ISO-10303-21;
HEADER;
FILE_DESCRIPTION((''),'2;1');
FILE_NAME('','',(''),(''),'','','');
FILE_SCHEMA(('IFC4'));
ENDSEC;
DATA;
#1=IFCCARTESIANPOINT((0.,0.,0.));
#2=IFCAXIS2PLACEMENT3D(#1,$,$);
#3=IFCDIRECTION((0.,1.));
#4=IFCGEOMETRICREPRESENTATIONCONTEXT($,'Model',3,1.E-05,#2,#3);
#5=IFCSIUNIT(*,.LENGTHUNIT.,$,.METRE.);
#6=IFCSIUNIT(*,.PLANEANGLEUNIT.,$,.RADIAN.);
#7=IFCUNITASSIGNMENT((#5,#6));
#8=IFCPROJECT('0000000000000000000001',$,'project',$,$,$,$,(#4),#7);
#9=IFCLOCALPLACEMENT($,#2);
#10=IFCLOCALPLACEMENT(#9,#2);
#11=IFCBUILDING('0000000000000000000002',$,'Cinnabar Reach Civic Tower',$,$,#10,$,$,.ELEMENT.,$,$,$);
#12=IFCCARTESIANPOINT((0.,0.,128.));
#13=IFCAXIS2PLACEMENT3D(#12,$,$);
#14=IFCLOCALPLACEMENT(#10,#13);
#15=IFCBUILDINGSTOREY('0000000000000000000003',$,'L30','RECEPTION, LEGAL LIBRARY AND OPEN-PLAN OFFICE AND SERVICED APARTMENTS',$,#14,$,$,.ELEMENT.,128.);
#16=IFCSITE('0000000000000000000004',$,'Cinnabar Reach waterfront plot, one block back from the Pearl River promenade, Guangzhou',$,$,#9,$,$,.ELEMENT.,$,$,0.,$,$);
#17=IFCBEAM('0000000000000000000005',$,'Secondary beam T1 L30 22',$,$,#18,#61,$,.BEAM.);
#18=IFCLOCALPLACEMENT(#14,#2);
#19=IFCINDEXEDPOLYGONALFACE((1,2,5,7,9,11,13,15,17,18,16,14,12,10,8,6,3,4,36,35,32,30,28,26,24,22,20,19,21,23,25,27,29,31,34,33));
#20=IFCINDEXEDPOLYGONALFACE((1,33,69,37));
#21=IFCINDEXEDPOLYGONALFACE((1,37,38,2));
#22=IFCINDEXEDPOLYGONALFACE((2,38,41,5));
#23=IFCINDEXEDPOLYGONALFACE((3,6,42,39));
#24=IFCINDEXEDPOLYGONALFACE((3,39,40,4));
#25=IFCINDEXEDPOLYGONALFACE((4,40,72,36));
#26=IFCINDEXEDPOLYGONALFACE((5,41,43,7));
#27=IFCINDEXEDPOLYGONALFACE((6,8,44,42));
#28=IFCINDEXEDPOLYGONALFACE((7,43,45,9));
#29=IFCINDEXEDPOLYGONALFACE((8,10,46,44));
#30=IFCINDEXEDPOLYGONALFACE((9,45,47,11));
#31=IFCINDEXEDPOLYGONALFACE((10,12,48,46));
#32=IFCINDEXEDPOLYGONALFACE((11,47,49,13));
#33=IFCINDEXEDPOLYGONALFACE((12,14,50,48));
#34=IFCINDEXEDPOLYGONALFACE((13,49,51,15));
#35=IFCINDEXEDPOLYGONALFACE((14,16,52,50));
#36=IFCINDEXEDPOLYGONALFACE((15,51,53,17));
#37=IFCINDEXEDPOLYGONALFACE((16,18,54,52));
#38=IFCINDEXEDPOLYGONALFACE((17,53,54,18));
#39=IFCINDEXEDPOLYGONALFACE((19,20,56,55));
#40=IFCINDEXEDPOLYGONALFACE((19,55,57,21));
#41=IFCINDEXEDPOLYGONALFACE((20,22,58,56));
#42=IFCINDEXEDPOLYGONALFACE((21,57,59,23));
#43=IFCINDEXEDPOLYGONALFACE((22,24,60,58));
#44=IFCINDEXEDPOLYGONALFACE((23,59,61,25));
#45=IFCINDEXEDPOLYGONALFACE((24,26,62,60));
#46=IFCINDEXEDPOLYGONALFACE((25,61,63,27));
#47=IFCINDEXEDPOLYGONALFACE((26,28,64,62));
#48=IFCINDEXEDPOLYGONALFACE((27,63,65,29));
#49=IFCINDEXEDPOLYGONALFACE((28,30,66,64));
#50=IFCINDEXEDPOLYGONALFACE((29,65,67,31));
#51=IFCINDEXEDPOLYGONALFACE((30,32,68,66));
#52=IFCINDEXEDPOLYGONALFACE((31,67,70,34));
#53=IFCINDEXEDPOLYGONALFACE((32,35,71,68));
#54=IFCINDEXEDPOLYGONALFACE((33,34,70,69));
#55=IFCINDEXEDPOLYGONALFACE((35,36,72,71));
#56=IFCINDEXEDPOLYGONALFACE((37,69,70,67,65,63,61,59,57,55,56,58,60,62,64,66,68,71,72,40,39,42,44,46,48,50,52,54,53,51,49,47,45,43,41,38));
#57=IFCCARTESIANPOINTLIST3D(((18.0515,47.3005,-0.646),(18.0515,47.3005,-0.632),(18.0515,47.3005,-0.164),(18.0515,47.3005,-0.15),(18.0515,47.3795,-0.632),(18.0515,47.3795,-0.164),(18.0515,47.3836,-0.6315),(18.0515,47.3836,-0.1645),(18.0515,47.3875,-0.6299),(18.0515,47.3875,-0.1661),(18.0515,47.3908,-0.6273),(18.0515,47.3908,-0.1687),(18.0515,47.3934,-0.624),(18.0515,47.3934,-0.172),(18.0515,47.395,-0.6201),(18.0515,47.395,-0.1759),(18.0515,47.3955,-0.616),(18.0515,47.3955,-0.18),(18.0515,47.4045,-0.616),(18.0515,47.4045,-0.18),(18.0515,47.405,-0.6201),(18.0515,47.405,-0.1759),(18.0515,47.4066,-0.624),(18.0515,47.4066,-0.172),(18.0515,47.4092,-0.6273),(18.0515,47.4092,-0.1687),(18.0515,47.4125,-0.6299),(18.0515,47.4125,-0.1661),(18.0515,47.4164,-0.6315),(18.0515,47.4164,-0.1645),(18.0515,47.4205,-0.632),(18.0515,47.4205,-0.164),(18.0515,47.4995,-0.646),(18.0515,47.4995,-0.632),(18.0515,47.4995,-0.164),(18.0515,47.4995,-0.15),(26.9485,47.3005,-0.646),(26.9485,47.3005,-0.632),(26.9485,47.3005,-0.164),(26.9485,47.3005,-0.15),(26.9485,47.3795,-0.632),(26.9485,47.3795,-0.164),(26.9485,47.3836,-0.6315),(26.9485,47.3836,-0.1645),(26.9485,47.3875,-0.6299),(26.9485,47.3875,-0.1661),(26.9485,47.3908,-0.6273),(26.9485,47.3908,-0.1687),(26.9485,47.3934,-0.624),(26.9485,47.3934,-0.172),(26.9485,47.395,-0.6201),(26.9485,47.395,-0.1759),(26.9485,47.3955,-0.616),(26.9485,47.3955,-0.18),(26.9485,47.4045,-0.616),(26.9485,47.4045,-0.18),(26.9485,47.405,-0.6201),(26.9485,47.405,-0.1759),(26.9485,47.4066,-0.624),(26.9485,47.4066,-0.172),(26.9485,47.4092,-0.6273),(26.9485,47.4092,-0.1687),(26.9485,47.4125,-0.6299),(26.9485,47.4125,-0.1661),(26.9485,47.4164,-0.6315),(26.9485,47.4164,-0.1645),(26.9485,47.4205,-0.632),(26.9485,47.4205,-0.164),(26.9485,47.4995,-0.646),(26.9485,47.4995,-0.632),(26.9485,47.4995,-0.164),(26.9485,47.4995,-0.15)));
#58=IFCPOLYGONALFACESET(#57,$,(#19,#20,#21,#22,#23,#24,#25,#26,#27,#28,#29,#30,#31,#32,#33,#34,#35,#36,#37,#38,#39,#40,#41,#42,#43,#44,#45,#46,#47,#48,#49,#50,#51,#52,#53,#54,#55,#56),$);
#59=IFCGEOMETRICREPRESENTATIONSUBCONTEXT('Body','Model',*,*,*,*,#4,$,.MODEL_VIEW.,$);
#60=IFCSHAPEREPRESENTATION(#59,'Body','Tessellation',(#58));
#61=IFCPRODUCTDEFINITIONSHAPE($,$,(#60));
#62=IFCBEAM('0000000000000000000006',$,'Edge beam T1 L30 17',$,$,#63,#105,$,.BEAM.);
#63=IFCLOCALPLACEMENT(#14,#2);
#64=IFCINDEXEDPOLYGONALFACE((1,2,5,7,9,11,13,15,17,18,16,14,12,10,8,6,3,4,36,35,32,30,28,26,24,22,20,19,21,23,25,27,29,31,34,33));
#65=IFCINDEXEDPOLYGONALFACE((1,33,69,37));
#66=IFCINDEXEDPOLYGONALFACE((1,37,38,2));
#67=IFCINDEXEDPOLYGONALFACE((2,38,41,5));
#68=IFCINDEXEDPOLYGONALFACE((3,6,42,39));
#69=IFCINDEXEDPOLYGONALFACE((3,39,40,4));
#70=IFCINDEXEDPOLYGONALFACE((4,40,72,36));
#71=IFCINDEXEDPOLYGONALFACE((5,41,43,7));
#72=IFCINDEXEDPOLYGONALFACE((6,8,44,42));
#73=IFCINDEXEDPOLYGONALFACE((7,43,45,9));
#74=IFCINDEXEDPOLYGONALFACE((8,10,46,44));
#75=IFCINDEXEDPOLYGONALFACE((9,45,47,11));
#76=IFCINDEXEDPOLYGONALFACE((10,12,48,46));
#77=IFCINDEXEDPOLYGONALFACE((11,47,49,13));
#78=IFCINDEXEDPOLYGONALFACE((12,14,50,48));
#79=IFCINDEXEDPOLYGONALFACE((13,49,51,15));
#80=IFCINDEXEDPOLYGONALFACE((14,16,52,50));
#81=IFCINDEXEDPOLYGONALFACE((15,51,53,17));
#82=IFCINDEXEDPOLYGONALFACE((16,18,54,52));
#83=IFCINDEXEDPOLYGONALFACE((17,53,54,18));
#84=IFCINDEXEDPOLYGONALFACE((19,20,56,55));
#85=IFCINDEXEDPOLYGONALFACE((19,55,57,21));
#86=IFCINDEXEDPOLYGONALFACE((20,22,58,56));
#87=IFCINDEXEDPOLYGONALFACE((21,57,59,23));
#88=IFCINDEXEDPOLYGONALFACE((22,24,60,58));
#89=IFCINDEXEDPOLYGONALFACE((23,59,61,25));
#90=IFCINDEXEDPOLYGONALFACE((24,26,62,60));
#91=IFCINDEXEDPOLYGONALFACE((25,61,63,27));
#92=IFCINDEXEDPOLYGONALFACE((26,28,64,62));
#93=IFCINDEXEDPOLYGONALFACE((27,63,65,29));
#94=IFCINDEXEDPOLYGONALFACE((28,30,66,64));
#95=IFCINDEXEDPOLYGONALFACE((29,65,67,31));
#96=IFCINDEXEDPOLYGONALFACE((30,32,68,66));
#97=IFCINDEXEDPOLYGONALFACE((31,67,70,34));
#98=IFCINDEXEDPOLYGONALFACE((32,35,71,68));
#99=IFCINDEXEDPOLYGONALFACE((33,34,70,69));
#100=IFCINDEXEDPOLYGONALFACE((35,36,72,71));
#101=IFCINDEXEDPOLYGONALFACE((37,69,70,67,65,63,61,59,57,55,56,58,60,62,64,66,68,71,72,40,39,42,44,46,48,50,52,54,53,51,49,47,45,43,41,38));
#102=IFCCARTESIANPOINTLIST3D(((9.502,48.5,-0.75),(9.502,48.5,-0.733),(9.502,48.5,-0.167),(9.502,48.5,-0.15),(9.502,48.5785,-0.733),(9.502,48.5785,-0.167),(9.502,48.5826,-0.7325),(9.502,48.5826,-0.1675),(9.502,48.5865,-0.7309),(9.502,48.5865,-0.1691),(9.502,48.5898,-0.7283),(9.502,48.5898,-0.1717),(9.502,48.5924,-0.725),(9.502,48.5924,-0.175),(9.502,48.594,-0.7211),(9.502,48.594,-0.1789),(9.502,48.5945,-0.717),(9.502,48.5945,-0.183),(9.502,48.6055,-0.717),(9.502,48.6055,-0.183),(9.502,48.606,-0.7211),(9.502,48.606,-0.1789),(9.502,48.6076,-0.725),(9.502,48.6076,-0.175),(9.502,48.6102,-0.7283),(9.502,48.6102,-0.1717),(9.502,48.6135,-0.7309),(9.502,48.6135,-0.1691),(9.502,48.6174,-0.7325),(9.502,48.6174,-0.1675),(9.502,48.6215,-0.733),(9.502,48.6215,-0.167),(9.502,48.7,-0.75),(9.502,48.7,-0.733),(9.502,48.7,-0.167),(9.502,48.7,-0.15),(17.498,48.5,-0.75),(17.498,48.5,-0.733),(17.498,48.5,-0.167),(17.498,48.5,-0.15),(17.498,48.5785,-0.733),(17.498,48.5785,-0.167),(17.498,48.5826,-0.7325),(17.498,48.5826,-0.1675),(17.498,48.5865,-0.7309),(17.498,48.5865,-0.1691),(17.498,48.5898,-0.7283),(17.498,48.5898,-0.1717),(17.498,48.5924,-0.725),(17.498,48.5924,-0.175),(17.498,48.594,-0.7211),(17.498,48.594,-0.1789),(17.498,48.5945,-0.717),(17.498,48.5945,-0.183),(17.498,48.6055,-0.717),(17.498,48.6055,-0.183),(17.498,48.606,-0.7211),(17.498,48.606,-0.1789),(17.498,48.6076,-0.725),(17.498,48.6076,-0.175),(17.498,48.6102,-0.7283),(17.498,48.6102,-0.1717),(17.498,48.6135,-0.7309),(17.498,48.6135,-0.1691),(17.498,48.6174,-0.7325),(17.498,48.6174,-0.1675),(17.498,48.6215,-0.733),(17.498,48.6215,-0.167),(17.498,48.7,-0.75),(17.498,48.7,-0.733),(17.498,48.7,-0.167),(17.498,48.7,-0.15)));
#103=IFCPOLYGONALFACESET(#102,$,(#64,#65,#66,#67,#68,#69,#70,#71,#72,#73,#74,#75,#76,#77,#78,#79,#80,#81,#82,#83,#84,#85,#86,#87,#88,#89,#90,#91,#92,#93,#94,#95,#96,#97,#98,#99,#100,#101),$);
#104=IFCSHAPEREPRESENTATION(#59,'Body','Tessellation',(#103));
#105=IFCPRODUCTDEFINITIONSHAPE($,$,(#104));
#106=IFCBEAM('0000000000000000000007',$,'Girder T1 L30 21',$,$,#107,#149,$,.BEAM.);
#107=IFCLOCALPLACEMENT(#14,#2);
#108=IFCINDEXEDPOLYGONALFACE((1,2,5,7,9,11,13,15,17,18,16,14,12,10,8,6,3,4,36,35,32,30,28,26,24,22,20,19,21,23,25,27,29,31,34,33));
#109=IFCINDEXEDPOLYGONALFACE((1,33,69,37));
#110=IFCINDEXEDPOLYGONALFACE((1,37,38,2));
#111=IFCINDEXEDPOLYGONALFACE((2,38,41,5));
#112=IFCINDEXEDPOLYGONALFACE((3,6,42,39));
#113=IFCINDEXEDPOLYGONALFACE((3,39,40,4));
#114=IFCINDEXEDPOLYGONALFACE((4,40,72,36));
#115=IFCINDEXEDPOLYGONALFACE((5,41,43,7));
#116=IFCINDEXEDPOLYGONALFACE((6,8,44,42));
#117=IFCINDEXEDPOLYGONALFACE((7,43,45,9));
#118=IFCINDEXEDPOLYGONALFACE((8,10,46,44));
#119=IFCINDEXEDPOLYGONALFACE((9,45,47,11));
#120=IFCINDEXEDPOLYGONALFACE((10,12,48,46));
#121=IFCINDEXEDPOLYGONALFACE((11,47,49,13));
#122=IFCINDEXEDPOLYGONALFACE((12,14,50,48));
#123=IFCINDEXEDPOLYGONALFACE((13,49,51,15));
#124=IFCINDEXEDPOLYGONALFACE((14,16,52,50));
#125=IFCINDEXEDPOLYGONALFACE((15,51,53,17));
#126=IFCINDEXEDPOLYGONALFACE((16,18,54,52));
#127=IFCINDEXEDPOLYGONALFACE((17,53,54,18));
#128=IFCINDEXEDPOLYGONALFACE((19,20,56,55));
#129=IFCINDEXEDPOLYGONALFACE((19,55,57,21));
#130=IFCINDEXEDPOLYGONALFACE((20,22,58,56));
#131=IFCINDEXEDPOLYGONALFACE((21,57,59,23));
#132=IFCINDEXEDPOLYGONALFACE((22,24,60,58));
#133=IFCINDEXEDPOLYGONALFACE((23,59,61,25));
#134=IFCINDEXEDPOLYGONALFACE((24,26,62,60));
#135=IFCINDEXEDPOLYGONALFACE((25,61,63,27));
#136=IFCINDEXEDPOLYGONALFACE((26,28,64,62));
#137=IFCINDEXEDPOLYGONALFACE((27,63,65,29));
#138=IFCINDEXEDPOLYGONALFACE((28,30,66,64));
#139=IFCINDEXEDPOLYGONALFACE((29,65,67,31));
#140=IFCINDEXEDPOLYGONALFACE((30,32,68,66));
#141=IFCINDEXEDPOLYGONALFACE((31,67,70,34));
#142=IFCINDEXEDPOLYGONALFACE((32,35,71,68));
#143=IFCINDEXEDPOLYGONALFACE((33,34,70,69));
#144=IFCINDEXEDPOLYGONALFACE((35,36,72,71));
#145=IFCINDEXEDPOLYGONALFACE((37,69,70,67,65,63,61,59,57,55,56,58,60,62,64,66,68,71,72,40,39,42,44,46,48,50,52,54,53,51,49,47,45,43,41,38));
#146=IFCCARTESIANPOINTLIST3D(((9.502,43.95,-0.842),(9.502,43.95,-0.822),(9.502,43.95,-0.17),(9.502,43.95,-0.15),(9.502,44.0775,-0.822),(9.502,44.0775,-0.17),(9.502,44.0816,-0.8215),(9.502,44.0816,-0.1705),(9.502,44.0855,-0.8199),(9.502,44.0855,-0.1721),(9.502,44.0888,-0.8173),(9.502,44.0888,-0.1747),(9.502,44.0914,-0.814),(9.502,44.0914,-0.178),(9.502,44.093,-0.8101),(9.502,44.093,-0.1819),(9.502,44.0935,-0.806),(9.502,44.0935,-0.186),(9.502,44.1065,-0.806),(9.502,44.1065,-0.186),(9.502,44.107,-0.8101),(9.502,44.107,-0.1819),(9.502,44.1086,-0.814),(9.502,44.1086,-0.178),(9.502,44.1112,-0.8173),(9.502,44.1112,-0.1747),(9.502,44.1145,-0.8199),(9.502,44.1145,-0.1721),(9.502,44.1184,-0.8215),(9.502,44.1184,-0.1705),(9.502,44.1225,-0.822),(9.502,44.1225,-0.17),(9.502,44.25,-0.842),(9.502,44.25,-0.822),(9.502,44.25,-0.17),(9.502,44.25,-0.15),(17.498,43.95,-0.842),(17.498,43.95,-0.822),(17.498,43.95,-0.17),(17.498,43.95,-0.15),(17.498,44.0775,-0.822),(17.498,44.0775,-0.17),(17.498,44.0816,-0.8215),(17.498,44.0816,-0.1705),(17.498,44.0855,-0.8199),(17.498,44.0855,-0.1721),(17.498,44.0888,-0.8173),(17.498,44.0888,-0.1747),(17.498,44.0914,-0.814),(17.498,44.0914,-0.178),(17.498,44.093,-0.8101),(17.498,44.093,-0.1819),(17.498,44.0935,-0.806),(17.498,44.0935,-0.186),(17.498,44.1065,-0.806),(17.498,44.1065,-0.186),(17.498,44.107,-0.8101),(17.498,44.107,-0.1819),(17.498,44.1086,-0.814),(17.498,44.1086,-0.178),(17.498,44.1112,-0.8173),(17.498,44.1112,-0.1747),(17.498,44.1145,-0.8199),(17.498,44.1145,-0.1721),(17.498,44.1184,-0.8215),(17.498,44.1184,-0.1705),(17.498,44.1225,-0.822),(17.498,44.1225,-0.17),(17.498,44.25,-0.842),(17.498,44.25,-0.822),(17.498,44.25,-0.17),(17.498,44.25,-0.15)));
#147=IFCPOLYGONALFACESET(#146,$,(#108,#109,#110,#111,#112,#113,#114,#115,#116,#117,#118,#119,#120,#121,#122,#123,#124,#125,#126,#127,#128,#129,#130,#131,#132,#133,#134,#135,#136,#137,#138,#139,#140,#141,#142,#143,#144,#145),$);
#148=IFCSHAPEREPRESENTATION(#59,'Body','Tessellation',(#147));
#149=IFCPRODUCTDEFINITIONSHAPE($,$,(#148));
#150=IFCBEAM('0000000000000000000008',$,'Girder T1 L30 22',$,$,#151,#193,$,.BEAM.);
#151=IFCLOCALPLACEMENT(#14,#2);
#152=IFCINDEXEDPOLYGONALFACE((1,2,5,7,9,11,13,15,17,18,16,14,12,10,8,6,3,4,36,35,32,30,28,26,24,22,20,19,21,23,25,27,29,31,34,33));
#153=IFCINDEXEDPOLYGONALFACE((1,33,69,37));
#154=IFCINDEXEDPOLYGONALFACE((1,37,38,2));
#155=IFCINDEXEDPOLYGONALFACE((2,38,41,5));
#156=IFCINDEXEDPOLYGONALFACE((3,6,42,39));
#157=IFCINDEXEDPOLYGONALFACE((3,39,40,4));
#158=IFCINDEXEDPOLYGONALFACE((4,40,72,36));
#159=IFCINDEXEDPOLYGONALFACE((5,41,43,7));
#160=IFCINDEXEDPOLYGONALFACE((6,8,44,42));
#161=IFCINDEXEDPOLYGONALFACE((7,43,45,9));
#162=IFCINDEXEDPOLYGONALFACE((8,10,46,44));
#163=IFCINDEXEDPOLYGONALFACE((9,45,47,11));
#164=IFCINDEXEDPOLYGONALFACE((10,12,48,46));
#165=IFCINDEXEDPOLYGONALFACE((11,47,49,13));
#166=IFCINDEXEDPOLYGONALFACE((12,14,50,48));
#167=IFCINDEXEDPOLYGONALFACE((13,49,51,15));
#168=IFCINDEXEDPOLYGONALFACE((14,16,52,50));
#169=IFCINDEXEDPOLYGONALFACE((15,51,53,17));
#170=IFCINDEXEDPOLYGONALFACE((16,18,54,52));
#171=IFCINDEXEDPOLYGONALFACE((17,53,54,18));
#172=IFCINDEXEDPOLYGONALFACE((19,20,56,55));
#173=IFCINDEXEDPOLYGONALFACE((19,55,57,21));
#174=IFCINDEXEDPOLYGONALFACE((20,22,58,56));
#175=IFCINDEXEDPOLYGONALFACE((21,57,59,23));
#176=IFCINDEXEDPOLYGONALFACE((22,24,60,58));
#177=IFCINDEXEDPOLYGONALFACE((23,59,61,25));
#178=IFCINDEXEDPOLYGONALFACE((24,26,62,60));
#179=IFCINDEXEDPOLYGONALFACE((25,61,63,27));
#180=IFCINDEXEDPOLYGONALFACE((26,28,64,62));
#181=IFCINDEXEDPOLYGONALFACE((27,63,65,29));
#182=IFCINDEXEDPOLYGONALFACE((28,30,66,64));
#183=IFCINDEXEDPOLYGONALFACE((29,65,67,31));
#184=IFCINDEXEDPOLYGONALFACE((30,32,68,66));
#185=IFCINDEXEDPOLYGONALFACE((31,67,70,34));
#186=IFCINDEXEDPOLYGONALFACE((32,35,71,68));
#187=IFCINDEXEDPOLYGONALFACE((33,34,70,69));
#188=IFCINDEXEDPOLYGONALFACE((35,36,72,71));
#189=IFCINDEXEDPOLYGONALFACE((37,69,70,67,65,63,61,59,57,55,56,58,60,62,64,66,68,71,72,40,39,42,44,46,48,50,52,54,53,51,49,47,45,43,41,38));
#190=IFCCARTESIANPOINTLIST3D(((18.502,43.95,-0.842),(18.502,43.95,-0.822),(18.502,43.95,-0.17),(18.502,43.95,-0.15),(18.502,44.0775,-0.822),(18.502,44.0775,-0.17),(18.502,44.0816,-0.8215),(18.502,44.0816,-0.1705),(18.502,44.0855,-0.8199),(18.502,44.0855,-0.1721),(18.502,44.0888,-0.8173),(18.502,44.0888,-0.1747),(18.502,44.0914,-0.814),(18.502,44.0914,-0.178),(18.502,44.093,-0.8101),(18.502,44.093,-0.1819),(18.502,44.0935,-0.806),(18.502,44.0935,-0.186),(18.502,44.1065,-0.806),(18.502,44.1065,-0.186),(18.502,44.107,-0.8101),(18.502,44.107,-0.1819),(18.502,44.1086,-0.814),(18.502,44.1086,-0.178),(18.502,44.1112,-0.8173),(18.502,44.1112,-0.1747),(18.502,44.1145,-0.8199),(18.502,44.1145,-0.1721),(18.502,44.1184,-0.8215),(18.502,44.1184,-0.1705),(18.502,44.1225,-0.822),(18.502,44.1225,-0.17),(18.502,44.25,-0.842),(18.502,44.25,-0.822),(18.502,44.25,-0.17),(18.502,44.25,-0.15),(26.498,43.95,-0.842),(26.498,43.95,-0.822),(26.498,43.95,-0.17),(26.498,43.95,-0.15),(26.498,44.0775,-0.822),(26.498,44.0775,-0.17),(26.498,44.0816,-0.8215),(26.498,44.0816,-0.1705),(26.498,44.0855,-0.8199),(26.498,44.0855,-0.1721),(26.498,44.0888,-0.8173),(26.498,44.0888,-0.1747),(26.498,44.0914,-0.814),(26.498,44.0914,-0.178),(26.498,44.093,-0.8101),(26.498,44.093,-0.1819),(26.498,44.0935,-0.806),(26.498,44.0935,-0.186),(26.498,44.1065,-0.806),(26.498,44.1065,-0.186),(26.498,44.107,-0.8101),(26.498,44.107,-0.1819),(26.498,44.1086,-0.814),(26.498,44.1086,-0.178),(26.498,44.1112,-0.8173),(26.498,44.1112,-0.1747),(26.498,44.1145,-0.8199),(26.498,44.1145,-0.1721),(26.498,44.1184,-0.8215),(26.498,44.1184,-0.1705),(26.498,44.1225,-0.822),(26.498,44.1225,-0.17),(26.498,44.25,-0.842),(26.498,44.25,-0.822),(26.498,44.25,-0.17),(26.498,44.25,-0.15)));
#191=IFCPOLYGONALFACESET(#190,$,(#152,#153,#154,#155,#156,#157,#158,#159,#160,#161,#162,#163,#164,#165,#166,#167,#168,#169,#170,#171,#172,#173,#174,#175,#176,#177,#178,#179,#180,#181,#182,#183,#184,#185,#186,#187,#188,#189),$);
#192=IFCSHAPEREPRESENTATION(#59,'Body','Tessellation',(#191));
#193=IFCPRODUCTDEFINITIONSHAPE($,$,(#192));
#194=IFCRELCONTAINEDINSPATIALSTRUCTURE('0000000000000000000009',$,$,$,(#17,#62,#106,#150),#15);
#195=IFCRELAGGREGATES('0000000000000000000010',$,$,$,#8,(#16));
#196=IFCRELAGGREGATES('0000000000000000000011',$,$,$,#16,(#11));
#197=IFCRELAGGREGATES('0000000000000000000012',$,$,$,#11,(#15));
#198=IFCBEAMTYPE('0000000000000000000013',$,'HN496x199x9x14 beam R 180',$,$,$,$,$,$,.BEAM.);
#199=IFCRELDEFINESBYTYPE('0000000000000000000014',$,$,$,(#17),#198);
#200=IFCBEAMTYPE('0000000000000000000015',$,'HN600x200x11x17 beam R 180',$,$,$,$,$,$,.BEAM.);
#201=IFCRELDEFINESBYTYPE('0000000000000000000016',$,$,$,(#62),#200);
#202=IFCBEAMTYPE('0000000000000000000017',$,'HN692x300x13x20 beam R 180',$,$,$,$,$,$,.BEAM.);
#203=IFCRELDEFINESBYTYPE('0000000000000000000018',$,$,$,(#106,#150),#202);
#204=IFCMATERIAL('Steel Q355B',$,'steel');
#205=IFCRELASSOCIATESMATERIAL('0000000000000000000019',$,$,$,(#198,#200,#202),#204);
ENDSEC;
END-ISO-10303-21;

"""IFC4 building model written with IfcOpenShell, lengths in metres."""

from ifc_helpers import new_model, si_unit, direction, frame, origin, origin_2d, place, context, subcontext, project, spatial, i_section, extrude, material, material_profile, profile_set, type_object, element, save


model = new_model("IFC4")

# Units and contexts
model_context = context("Model", 3, precision=1e-05, world=origin(), true_north=direction((0.0, 1.0)))
body_context = subcontext(model_context, "Body", "Model", "MODEL_VIEW")
ifc_project = project(units=[si_unit("LENGTHUNIT", "METRE"), si_unit("PLANEANGLEUNIT", "RADIAN")], contexts=[model_context])

# Site, building, storey
site_placement = place(None, origin())
site = spatial("IfcSite", under=ifc_project, at=site_placement, Name="Cinnabar Reach waterfront plot, one block back from the Pearl River promenade, Guangzhou", CompositionType="ELEMENT", RefElevation=0.0)
building_placement = place(site_placement, origin())
building = spatial("IfcBuilding", under=site, at=building_placement, Name="Cinnabar Reach Civic Tower", CompositionType="ELEMENT")
storey_placement = place(building_placement, frame((0.0, 0.0, 128.0)))
storey = spatial("IfcBuildingStorey", under=building, at=storey_placement, Name="L30", Description="RECEPTION, LEGAL LIBRARY AND OPEN-PLAN OFFICE AND SERVICED APARTMENTS", CompositionType="ELEMENT", Elevation=128.0)

# Beams
ifc_material_1 = material(Name="Steel Q355B", Category="steel")
ifc_material_profile_1 = material_profile(ifc_material_1, i_section(OverallWidth=0.199, OverallDepth=0.496, WebThickness=0.009, FlangeThickness=0.014, FilletRadius=0.016, at=origin_2d()), Name="HN496x199x9x14")
ifc_profile_set_1 = profile_set([ifc_material_profile_1], Name="Steel Q355B")
beam_type_1 = type_object("IfcBeamType", Name="HN496x199x9x14 beam R 180", PredefinedType="BEAM", material=ifc_profile_set_1)
for number, where, z_axis, x_axis, name in (
    (1, (18.0515, 47.4, -0.398), (1.0, 0.0, 0.0), (0.0, 1.0, 0.0), "Secondary beam T1 L30 22"),
):
    element("IfcBeam", number, at=place(storey_placement, frame(where, z_axis=z_axis, x_axis=x_axis)), inside=storey, type_object=beam_type_1, Name=name, PredefinedType="BEAM", context=body_context, shape_type="SweptSolid", body=[
        extrude(i_section(OverallWidth=0.199, OverallDepth=0.496, WebThickness=0.009, FlangeThickness=0.014, FilletRadius=0.016, at=origin_2d()), origin(), (0.0, 0.0, 1.0), 8.897),
    ])
ifc_material_profile_2 = material_profile(ifc_material_1, i_section(OverallWidth=0.2, OverallDepth=0.6, WebThickness=0.011, FlangeThickness=0.017, FilletRadius=0.016, at=origin_2d()), Name="HN600x200x11x17")
ifc_profile_set_2 = profile_set([ifc_material_profile_2], Name="Steel Q355B")
beam_type_2 = type_object("IfcBeamType", Name="HN600x200x11x17 beam R 180", PredefinedType="BEAM", material=ifc_profile_set_2)
beam_placement = place(storey_placement, frame((17.498, 48.6, -0.45), z_axis=(-1.0, 0.0, 0.0), x_axis=(0.0, -1.0, 0.0)))
element("IfcBeam", 2, at=beam_placement, inside=storey, type_object=beam_type_2, Name="Edge beam T1 L30 17", PredefinedType="BEAM", context=body_context, shape_type="SweptSolid", body=[
    extrude(i_section(OverallWidth=0.2, OverallDepth=0.6, WebThickness=0.011, FlangeThickness=0.017, FilletRadius=0.016, at=origin_2d()), origin(), (0.0, 0.0, 1.0), 7.996),
])
ifc_material_profile_3 = material_profile(ifc_material_1, i_section(OverallWidth=0.3, OverallDepth=0.692, WebThickness=0.013, FlangeThickness=0.02, FilletRadius=0.016, at=origin_2d()), Name="HN692x300x13x20")
ifc_profile_set_3 = profile_set([ifc_material_profile_3], Name="Steel Q355B")
beam_type_3 = type_object("IfcBeamType", Name="HN692x300x13x20 beam R 180", PredefinedType="BEAM", material=ifc_profile_set_3)
for number, where, z_axis, x_axis, name in (
    (3, (9.502, 44.1, -0.496), (1.0, 0.0, 0.0), (0.0, 1.0, 0.0), "Girder T1 L30 21"),
    (4, (18.502, 44.1, -0.496), (1.0, 0.0, 0.0), (0.0, 1.0, 0.0), "Girder T1 L30 22"),
):
    element("IfcBeam", number, at=place(storey_placement, frame(where, z_axis=z_axis, x_axis=x_axis)), inside=storey, type_object=beam_type_3, Name=name, PredefinedType="BEAM", context=body_context, shape_type="SweptSolid", body=[
        extrude(i_section(OverallWidth=0.3, OverallDepth=0.692, WebThickness=0.013, FlangeThickness=0.02, FilletRadius=0.016, at=origin_2d()), origin(), (0.0, 0.0, 1.0), 7.996),
    ])

save(model, "model.ifc")
